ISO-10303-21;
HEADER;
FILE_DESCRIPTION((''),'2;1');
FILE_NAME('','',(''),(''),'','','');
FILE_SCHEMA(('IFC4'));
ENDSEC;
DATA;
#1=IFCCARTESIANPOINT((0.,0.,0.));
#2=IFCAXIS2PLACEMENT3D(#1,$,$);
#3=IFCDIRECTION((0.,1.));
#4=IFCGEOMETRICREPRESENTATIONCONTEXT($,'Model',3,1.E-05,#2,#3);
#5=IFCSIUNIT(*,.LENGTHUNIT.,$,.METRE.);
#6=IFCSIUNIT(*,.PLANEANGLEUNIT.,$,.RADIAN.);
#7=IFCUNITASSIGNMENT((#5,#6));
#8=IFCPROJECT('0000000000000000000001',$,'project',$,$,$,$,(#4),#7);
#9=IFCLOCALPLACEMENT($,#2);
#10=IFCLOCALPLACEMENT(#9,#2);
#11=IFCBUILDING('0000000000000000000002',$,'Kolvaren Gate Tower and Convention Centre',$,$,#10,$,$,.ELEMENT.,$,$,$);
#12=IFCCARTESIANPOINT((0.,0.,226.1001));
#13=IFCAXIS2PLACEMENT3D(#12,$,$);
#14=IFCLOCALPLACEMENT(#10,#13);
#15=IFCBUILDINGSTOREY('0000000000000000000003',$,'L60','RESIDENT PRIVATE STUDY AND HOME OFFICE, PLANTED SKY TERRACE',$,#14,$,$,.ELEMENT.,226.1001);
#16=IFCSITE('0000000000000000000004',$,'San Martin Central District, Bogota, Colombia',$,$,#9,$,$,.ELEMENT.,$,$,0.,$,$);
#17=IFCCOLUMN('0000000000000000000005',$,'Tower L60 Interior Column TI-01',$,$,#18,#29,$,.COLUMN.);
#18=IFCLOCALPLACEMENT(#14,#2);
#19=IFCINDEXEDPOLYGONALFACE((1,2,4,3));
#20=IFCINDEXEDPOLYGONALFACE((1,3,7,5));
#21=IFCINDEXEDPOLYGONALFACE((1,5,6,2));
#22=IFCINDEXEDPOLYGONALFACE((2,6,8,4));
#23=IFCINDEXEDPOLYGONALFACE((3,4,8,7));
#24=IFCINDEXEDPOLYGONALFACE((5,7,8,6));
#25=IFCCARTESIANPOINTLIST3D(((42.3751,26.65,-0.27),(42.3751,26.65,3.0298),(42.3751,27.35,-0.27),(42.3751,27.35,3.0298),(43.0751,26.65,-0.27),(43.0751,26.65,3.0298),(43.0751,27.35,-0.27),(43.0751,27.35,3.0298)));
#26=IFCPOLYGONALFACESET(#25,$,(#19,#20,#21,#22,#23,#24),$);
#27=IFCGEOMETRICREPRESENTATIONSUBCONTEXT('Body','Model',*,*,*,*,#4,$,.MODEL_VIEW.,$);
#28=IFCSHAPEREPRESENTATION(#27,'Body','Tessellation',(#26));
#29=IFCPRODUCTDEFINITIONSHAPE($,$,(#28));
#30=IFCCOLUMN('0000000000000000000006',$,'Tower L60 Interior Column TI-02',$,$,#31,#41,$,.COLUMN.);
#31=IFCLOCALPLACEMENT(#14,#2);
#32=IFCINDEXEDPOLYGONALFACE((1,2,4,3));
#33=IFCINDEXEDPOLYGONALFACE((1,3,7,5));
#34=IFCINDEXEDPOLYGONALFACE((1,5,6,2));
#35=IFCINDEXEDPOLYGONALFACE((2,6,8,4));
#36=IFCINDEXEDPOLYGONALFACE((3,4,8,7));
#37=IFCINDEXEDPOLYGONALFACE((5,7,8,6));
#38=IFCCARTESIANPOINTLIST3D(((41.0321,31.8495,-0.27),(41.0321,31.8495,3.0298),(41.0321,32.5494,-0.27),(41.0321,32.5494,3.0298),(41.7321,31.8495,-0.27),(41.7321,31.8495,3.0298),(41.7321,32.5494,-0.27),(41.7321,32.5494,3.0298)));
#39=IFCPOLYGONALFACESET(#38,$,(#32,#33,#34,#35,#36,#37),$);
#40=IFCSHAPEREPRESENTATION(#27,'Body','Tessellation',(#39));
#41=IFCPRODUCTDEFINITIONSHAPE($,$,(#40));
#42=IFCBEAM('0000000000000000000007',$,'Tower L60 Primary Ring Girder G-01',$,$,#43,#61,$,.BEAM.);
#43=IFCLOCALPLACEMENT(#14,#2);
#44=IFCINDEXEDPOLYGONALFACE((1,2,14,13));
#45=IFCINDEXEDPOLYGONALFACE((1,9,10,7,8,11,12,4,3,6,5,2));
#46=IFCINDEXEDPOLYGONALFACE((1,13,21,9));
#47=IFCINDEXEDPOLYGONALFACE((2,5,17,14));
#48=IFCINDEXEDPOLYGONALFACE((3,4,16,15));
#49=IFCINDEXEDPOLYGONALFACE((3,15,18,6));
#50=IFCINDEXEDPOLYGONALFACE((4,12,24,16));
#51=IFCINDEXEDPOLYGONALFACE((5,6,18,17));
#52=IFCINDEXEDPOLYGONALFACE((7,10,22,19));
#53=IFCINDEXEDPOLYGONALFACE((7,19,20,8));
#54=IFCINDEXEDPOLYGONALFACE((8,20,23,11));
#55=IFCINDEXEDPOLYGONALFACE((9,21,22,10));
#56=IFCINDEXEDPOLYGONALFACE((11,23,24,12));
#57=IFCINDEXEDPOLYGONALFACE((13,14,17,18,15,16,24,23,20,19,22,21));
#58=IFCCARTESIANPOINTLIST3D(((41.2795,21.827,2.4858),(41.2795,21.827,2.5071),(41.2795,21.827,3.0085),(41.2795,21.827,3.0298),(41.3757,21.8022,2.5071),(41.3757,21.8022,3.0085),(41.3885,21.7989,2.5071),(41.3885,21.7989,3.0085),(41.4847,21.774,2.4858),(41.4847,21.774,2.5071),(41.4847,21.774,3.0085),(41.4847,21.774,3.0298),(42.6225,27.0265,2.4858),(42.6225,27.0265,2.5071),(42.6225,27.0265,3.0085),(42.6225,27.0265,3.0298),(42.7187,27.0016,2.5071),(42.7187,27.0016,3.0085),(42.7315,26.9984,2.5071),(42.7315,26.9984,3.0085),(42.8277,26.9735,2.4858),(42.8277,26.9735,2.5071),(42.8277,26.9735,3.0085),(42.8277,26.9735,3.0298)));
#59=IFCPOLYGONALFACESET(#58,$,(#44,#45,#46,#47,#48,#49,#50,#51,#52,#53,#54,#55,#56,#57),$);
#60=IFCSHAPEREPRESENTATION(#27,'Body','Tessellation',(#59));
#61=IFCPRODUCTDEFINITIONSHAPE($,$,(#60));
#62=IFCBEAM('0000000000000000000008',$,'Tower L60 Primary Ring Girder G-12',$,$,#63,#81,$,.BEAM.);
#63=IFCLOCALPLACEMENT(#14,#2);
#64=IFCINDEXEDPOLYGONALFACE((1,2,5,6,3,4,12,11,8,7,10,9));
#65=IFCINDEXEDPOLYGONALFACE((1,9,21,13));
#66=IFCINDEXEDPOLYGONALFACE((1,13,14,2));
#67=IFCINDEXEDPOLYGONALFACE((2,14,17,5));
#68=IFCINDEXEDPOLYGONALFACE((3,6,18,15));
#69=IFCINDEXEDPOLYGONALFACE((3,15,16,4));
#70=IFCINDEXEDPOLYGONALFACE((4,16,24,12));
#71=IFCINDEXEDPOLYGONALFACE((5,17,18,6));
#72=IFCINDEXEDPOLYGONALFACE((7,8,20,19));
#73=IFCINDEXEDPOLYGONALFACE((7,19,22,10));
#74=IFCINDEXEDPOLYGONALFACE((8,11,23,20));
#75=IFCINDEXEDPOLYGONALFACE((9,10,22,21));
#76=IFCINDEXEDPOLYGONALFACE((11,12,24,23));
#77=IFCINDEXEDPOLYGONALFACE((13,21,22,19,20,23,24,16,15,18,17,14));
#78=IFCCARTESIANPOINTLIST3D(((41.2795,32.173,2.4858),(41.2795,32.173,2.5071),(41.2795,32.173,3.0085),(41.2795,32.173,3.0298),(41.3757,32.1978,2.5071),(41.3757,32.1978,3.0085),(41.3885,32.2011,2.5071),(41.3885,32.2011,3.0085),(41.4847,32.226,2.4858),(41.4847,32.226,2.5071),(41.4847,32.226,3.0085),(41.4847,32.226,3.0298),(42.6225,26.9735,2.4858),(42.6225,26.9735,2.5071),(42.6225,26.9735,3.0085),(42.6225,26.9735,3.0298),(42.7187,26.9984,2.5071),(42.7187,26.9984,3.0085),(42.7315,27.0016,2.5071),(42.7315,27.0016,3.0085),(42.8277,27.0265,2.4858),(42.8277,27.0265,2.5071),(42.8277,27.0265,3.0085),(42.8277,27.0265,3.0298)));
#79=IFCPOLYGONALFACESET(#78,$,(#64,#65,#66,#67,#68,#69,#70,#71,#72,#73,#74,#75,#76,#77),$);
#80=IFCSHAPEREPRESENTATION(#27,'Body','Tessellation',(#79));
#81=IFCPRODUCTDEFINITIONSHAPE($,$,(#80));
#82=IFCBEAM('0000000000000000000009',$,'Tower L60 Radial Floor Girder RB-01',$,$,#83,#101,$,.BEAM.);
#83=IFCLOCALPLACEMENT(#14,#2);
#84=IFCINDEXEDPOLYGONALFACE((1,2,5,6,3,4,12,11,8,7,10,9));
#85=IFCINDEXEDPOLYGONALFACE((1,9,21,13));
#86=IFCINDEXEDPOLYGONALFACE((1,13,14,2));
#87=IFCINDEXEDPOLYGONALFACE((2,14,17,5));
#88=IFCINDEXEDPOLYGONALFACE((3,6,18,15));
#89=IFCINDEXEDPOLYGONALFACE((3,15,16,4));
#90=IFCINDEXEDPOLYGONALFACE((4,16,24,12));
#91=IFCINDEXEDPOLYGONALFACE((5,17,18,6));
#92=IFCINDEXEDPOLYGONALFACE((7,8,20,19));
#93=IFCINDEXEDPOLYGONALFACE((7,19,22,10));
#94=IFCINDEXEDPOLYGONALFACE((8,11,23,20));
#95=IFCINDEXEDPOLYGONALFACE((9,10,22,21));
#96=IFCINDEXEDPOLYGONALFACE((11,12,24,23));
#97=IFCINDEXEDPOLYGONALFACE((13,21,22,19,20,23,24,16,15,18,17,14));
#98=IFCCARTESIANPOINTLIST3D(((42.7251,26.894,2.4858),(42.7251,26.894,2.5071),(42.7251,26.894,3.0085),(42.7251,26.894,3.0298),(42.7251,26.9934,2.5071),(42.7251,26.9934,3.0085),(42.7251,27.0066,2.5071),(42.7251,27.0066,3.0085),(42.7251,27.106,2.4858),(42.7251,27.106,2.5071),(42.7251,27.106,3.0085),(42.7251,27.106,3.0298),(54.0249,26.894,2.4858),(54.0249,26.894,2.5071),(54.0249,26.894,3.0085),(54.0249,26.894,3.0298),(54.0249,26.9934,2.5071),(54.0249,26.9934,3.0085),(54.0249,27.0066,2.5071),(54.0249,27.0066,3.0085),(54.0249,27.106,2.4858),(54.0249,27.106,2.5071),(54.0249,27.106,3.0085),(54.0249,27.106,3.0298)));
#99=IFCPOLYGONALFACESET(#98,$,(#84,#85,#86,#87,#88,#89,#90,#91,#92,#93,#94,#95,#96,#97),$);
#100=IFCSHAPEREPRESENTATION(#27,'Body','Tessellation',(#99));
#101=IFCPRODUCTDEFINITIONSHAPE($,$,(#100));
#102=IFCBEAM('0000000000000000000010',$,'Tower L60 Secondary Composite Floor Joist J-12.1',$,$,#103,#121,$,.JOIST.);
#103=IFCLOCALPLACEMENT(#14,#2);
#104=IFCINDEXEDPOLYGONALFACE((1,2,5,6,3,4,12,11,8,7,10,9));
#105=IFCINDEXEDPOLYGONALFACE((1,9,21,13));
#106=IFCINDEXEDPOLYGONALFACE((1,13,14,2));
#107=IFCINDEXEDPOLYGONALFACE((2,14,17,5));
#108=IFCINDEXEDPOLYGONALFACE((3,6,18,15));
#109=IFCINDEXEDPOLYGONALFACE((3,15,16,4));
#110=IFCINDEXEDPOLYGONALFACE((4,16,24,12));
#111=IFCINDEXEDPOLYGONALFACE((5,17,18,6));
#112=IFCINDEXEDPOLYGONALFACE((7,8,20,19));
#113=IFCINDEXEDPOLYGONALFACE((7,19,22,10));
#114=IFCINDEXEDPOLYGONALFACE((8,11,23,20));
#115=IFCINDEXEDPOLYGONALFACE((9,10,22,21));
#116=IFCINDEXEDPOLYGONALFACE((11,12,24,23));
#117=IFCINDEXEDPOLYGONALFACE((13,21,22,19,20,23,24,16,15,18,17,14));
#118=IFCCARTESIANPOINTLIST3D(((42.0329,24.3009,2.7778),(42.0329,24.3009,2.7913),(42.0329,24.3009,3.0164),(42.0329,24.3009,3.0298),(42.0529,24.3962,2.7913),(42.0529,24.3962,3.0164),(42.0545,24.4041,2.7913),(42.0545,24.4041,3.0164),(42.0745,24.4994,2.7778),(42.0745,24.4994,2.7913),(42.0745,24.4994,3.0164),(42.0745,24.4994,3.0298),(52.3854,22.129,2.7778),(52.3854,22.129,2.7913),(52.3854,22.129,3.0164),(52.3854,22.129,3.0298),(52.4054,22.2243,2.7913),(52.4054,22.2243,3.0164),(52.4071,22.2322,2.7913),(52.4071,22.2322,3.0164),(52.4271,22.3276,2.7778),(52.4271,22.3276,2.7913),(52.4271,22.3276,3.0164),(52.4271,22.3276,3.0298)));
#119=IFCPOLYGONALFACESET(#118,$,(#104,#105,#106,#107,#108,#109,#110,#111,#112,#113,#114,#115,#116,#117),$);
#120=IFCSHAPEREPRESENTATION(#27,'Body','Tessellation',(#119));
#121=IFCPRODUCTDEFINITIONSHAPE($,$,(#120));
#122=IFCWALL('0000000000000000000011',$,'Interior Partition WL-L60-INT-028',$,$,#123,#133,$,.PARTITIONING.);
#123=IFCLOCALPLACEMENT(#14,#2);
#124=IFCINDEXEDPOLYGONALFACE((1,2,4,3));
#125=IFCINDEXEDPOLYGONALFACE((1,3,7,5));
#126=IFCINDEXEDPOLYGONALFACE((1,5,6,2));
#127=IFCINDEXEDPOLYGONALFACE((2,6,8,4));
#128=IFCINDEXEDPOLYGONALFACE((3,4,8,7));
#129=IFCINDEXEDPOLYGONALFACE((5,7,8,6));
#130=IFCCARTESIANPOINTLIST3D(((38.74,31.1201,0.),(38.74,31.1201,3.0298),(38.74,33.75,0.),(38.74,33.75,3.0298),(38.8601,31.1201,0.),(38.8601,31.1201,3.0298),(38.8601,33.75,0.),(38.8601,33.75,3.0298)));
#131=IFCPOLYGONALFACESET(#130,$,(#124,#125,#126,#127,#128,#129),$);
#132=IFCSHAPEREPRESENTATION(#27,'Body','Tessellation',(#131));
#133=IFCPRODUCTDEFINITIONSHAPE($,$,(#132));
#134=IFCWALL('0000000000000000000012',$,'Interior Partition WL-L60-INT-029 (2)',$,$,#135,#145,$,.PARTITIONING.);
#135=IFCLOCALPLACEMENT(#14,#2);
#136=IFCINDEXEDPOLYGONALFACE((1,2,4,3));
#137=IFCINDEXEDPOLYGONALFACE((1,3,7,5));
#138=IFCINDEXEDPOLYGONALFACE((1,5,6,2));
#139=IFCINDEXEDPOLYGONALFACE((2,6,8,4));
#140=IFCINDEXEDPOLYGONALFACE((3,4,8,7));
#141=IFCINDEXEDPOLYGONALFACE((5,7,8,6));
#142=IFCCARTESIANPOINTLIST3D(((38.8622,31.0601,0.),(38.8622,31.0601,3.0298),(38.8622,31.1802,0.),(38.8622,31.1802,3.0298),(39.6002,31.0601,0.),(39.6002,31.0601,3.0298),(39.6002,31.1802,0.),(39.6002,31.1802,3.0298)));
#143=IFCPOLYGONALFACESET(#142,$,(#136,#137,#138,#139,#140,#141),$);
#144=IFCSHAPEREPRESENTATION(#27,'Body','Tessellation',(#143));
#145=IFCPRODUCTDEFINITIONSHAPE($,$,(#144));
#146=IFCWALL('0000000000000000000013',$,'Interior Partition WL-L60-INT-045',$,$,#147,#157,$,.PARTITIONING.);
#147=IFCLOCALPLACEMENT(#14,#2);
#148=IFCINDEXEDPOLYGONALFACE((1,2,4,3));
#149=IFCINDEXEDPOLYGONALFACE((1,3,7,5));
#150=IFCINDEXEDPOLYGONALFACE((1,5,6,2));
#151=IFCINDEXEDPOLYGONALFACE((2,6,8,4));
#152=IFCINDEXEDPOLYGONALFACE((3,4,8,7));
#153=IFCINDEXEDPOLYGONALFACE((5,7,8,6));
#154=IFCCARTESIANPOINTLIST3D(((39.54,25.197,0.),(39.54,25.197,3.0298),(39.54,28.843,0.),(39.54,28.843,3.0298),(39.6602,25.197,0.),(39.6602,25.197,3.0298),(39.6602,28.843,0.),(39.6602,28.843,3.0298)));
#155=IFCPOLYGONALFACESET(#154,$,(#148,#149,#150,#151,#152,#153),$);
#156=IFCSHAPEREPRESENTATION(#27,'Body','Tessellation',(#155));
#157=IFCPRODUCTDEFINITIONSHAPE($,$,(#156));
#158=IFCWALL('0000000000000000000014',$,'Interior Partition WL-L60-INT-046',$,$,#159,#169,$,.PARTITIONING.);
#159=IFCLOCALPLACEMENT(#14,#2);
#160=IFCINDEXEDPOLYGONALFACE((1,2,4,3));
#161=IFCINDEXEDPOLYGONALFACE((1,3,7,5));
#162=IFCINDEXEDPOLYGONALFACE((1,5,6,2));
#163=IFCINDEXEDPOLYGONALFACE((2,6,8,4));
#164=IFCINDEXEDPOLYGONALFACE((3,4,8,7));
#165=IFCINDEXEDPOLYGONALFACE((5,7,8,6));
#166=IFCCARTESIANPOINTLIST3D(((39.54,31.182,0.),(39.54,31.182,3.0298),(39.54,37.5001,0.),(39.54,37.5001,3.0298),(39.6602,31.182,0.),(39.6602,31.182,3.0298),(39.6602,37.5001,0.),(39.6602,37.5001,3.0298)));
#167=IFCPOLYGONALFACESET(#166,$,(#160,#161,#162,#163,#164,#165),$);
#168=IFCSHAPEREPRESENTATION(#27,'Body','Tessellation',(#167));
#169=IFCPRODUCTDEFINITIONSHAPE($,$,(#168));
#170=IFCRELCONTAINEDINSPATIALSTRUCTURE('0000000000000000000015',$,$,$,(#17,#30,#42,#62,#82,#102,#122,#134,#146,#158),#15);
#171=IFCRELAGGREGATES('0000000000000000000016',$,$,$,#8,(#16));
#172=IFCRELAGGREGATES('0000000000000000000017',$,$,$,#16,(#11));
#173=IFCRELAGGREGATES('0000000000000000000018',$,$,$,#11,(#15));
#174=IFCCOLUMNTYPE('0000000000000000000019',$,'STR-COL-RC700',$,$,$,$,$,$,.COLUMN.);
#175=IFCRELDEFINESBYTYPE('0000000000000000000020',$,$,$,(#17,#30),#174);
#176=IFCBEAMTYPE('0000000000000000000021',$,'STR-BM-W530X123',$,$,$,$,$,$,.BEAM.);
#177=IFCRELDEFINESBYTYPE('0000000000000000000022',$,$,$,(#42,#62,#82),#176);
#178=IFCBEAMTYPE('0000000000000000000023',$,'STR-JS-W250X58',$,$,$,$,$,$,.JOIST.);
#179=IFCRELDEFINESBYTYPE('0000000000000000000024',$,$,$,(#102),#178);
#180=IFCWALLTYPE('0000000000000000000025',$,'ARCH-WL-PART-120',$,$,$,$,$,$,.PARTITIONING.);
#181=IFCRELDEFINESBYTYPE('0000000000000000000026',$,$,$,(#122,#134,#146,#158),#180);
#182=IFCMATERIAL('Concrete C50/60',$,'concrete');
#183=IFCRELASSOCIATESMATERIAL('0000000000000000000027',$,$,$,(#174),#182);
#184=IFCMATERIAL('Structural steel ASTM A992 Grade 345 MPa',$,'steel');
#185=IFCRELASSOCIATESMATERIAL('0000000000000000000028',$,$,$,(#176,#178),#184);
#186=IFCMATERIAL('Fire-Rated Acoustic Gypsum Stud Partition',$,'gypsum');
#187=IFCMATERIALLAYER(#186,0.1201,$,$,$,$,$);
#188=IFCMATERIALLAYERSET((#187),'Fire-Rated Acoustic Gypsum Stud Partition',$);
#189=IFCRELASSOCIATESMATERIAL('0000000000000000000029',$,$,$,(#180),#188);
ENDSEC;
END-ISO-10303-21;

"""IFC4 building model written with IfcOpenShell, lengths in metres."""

from ifc_helpers import new_model, si_unit, direction, frame, frame_2d, origin, origin_2d, place, context, subcontext, project, spatial, rectangle, i_section, extrude, material, layer, layer_set, material_profile, profile_set, type_object, element, save


model = new_model("IFC4")

# Units and contexts
model_context = context("Model", 3, precision=1e-05, world=origin(), true_north=direction((0.0, 1.0)))
body_context = subcontext(model_context, "Body", "Model", "MODEL_VIEW")
ifc_project = project(units=[si_unit("LENGTHUNIT", "METRE"), si_unit("PLANEANGLEUNIT", "RADIAN")], contexts=[model_context])

# Site, building, storey
site_placement = place(None, origin())
site = spatial("IfcSite", under=ifc_project, at=site_placement, Name="San Martin Central District, Bogota, Colombia", CompositionType="ELEMENT", RefElevation=0.0)
building_placement = place(site_placement, origin())
building = spatial("IfcBuilding", under=site, at=building_placement, Name="Kolvaren Gate Tower and Convention Centre", CompositionType="ELEMENT")
storey_placement = place(building_placement, frame((0.0, 0.0, 226.1001)))
storey = spatial("IfcBuildingStorey", under=building, at=storey_placement, Name="L60", Description="RESIDENT PRIVATE STUDY AND HOME OFFICE, PLANTED SKY TERRACE", CompositionType="ELEMENT", Elevation=226.1001)

# Columns
ifc_material_1 = material(Name="Concrete C50/60", Category="concrete")
ifc_material_profile_1 = material_profile(ifc_material_1, rectangle(XDim=0.7, YDim=0.7, at=origin_2d()), Name="RC-COL-700X700")
ifc_profile_set_1 = profile_set([ifc_material_profile_1], Name="Concrete C50/60")
column_type = type_object("IfcColumnType", Name="STR-COL-RC700", PredefinedType="COLUMN", material=ifc_profile_set_1)
for number, where, z_axis, x_axis, name in (
    (1, (42.7251, 27.0, -0.27), (0.0, 0.0, 1.0), (1.0, 0.0, 0.0), "Tower L60 Interior Column TI-01"),
    (2, (41.3821, 32.1995, -0.27), (0.0, 0.0, 1.0), (1.0, 0.0, 0.0), "Tower L60 Interior Column TI-02"),
):
    element("IfcColumn", number, at=place(storey_placement, frame(where, z_axis=z_axis, x_axis=x_axis)), inside=storey, type_object=column_type, Name=name, PredefinedType="COLUMN", context=body_context, shape_type="SweptSolid", body=[
        extrude(rectangle(XDim=0.7, YDim=0.7, at=origin_2d()), origin(), (0.0, 0.0, 1.0), 3.2998),
    ])

# Beams
ifc_material_2 = material(Name="Structural steel ASTM A992 Grade 345 MPa", Category="steel")
ifc_material_profile_2 = material_profile(ifc_material_2, i_section(OverallWidth=0.2119, OverallDepth=0.5439, WebThickness=0.0132, FlangeThickness=0.0212, at=origin_2d()), Name="W530X123")
ifc_profile_set_2 = profile_set([ifc_material_profile_2], Name="Structural steel ASTM A992 Grade 345 MPa")
beam_type_1 = type_object("IfcBeamType", Name="STR-BM-W530X123", PredefinedType="BEAM", material=ifc_profile_set_2)
for number, where, z_axis, x_axis, name in (
    (3, (42.7251, 27.0, 2.7578), (-0.250091, -0.968222, 0.0), (0.968222, -0.250091, 0.0), "Tower L60 Primary Ring Girder G-01"),
    (4, (42.7251, 27.0, 2.7578), (-0.250091, 0.968222, 0.0), (-0.968222, -0.250091, 0.0), "Tower L60 Primary Ring Girder G-12"),
):
    element("IfcBeam", number, at=place(storey_placement, frame(where, z_axis=z_axis, x_axis=x_axis)), inside=storey, type_object=beam_type_1, Name=name, PredefinedType="BEAM", context=body_context, shape_type="SweptSolid", body=[
        extrude(i_section(OverallWidth=0.2119, OverallDepth=0.5439, WebThickness=0.0132, FlangeThickness=0.0212, at=origin_2d()), origin(), (0.0, 0.0, 1.0), 5.3701),
    ])
beam_1_placement = place(storey_placement, frame((42.7251, 27.0, 2.7578), z_axis=(1.0, 0.0, 0.0), x_axis=(0.0, 1.0, 0.0)))
element("IfcBeam", 5, at=beam_1_placement, inside=storey, type_object=beam_type_1, Name="Tower L60 Radial Floor Girder RB-01", PredefinedType="BEAM", context=body_context, shape_type="SweptSolid", body=[
    extrude(i_section(OverallWidth=0.2119, OverallDepth=0.5439, WebThickness=0.0132, FlangeThickness=0.0212, at=origin_2d()), origin(), (0.0, 0.0, 1.0), 11.2998),
])
ifc_material_profile_3 = material_profile(ifc_material_2, i_section(OverallWidth=0.2029, OverallDepth=0.252, WebThickness=0.0081, FlangeThickness=0.0134, at=origin_2d()), Name="W250X58")
ifc_profile_set_3 = profile_set([ifc_material_profile_3], Name="Structural steel ASTM A992 Grade 345 MPa")
beam_type_2 = type_object("IfcBeamType", Name="STR-JS-W250X58", PredefinedType="JOIST", material=ifc_profile_set_3)
beam_2_placement = place(storey_placement, frame((42.0537, 24.4001, 2.9038), z_axis=(0.978695, -0.205322, 0.0), x_axis=(0.205322, 0.978695, 0.0)))
element("IfcBeam", 6, at=beam_2_placement, inside=storey, type_object=beam_type_2, Name="Tower L60 Secondary Composite Floor Joist J-12.1", PredefinedType="JOIST", context=body_context, shape_type="SweptSolid", body=[
    extrude(i_section(OverallWidth=0.2029, OverallDepth=0.252, WebThickness=0.0081, FlangeThickness=0.0134, at=origin_2d()), origin(), (0.0, 0.0, 1.0), 10.5779),
])

# Walls
ifc_material_3 = material(Name="Fire-Rated Acoustic Gypsum Stud Partition", Category="gypsum")
ifc_layer_1 = layer(ifc_material_3, 0.1201)
ifc_layer_set_1 = layer_set([ifc_layer_1], Name="Fire-Rated Acoustic Gypsum Stud Partition")
wall_type_1 = type_object("IfcWallType", Name="ARCH-WL-PART-120", PredefinedType="PARTITIONING", material=ifc_layer_set_1)
wall_1_placement = place(storey_placement, frame((38.8, 31.1201, 0.0), z_axis=(0.0, 0.0, 1.0), x_axis=(0.0, 1.0, 0.0)))
element("IfcWall", 7, at=wall_1_placement, inside=storey, type_object=wall_type_1, Name="Interior Partition WL-L60-INT-028", PredefinedType="PARTITIONING", context=body_context, shape_type="SweptSolid", body=[
    extrude(rectangle(XDim=2.6299, YDim=0.1201, at=frame_2d((1.3149, 0.0))), origin(), (0.0, 0.0, 1.0), 3.0298),
])
wall_2_placement = place(storey_placement, frame((38.8621, 31.1201, 0.0), z_axis=(0.0, 0.0, 1.0), x_axis=(1.0, 0.0, 0.0)))
element("IfcWall", 8, at=wall_2_placement, inside=storey, type_object=wall_type_1, Name="Interior Partition WL-L60-INT-029 (2)", PredefinedType="PARTITIONING", context=body_context, shape_type="SweptSolid", body=[
    extrude(rectangle(XDim=0.738, YDim=0.1201, at=frame_2d((0.3691, 0.0))), origin(), (0.0, 0.0, 1.0), 3.0298),
])
wall_3_placement = place(storey_placement, frame((39.6001, 25.197, 0.0), z_axis=(0.0, 0.0, 1.0), x_axis=(0.0, 1.0, 0.0)))
element("IfcWall", 9, at=wall_3_placement, inside=storey, type_object=wall_type_1, Name="Interior Partition WL-L60-INT-045", PredefinedType="PARTITIONING", context=body_context, shape_type="SweptSolid", body=[
    extrude(rectangle(XDim=3.646, YDim=0.1201, at=frame_2d((1.823, 0.0))), origin(), (0.0, 0.0, 1.0), 3.0298),
])
wall_4_placement = place(storey_placement, frame((39.6001, 31.1819, 0.0), z_axis=(0.0, 0.0, 1.0), x_axis=(0.0, 1.0, 0.0)))
element("IfcWall", 10, at=wall_4_placement, inside=storey, type_object=wall_type_1, Name="Interior Partition WL-L60-INT-046", PredefinedType="PARTITIONING", context=body_context, shape_type="SweptSolid", body=[
    extrude(rectangle(XDim=6.3181, YDim=0.1201, at=frame_2d((3.1592, 0.0))), origin(), (0.0, 0.0, 1.0), 3.0298),
])

save(model, "model.ifc")
